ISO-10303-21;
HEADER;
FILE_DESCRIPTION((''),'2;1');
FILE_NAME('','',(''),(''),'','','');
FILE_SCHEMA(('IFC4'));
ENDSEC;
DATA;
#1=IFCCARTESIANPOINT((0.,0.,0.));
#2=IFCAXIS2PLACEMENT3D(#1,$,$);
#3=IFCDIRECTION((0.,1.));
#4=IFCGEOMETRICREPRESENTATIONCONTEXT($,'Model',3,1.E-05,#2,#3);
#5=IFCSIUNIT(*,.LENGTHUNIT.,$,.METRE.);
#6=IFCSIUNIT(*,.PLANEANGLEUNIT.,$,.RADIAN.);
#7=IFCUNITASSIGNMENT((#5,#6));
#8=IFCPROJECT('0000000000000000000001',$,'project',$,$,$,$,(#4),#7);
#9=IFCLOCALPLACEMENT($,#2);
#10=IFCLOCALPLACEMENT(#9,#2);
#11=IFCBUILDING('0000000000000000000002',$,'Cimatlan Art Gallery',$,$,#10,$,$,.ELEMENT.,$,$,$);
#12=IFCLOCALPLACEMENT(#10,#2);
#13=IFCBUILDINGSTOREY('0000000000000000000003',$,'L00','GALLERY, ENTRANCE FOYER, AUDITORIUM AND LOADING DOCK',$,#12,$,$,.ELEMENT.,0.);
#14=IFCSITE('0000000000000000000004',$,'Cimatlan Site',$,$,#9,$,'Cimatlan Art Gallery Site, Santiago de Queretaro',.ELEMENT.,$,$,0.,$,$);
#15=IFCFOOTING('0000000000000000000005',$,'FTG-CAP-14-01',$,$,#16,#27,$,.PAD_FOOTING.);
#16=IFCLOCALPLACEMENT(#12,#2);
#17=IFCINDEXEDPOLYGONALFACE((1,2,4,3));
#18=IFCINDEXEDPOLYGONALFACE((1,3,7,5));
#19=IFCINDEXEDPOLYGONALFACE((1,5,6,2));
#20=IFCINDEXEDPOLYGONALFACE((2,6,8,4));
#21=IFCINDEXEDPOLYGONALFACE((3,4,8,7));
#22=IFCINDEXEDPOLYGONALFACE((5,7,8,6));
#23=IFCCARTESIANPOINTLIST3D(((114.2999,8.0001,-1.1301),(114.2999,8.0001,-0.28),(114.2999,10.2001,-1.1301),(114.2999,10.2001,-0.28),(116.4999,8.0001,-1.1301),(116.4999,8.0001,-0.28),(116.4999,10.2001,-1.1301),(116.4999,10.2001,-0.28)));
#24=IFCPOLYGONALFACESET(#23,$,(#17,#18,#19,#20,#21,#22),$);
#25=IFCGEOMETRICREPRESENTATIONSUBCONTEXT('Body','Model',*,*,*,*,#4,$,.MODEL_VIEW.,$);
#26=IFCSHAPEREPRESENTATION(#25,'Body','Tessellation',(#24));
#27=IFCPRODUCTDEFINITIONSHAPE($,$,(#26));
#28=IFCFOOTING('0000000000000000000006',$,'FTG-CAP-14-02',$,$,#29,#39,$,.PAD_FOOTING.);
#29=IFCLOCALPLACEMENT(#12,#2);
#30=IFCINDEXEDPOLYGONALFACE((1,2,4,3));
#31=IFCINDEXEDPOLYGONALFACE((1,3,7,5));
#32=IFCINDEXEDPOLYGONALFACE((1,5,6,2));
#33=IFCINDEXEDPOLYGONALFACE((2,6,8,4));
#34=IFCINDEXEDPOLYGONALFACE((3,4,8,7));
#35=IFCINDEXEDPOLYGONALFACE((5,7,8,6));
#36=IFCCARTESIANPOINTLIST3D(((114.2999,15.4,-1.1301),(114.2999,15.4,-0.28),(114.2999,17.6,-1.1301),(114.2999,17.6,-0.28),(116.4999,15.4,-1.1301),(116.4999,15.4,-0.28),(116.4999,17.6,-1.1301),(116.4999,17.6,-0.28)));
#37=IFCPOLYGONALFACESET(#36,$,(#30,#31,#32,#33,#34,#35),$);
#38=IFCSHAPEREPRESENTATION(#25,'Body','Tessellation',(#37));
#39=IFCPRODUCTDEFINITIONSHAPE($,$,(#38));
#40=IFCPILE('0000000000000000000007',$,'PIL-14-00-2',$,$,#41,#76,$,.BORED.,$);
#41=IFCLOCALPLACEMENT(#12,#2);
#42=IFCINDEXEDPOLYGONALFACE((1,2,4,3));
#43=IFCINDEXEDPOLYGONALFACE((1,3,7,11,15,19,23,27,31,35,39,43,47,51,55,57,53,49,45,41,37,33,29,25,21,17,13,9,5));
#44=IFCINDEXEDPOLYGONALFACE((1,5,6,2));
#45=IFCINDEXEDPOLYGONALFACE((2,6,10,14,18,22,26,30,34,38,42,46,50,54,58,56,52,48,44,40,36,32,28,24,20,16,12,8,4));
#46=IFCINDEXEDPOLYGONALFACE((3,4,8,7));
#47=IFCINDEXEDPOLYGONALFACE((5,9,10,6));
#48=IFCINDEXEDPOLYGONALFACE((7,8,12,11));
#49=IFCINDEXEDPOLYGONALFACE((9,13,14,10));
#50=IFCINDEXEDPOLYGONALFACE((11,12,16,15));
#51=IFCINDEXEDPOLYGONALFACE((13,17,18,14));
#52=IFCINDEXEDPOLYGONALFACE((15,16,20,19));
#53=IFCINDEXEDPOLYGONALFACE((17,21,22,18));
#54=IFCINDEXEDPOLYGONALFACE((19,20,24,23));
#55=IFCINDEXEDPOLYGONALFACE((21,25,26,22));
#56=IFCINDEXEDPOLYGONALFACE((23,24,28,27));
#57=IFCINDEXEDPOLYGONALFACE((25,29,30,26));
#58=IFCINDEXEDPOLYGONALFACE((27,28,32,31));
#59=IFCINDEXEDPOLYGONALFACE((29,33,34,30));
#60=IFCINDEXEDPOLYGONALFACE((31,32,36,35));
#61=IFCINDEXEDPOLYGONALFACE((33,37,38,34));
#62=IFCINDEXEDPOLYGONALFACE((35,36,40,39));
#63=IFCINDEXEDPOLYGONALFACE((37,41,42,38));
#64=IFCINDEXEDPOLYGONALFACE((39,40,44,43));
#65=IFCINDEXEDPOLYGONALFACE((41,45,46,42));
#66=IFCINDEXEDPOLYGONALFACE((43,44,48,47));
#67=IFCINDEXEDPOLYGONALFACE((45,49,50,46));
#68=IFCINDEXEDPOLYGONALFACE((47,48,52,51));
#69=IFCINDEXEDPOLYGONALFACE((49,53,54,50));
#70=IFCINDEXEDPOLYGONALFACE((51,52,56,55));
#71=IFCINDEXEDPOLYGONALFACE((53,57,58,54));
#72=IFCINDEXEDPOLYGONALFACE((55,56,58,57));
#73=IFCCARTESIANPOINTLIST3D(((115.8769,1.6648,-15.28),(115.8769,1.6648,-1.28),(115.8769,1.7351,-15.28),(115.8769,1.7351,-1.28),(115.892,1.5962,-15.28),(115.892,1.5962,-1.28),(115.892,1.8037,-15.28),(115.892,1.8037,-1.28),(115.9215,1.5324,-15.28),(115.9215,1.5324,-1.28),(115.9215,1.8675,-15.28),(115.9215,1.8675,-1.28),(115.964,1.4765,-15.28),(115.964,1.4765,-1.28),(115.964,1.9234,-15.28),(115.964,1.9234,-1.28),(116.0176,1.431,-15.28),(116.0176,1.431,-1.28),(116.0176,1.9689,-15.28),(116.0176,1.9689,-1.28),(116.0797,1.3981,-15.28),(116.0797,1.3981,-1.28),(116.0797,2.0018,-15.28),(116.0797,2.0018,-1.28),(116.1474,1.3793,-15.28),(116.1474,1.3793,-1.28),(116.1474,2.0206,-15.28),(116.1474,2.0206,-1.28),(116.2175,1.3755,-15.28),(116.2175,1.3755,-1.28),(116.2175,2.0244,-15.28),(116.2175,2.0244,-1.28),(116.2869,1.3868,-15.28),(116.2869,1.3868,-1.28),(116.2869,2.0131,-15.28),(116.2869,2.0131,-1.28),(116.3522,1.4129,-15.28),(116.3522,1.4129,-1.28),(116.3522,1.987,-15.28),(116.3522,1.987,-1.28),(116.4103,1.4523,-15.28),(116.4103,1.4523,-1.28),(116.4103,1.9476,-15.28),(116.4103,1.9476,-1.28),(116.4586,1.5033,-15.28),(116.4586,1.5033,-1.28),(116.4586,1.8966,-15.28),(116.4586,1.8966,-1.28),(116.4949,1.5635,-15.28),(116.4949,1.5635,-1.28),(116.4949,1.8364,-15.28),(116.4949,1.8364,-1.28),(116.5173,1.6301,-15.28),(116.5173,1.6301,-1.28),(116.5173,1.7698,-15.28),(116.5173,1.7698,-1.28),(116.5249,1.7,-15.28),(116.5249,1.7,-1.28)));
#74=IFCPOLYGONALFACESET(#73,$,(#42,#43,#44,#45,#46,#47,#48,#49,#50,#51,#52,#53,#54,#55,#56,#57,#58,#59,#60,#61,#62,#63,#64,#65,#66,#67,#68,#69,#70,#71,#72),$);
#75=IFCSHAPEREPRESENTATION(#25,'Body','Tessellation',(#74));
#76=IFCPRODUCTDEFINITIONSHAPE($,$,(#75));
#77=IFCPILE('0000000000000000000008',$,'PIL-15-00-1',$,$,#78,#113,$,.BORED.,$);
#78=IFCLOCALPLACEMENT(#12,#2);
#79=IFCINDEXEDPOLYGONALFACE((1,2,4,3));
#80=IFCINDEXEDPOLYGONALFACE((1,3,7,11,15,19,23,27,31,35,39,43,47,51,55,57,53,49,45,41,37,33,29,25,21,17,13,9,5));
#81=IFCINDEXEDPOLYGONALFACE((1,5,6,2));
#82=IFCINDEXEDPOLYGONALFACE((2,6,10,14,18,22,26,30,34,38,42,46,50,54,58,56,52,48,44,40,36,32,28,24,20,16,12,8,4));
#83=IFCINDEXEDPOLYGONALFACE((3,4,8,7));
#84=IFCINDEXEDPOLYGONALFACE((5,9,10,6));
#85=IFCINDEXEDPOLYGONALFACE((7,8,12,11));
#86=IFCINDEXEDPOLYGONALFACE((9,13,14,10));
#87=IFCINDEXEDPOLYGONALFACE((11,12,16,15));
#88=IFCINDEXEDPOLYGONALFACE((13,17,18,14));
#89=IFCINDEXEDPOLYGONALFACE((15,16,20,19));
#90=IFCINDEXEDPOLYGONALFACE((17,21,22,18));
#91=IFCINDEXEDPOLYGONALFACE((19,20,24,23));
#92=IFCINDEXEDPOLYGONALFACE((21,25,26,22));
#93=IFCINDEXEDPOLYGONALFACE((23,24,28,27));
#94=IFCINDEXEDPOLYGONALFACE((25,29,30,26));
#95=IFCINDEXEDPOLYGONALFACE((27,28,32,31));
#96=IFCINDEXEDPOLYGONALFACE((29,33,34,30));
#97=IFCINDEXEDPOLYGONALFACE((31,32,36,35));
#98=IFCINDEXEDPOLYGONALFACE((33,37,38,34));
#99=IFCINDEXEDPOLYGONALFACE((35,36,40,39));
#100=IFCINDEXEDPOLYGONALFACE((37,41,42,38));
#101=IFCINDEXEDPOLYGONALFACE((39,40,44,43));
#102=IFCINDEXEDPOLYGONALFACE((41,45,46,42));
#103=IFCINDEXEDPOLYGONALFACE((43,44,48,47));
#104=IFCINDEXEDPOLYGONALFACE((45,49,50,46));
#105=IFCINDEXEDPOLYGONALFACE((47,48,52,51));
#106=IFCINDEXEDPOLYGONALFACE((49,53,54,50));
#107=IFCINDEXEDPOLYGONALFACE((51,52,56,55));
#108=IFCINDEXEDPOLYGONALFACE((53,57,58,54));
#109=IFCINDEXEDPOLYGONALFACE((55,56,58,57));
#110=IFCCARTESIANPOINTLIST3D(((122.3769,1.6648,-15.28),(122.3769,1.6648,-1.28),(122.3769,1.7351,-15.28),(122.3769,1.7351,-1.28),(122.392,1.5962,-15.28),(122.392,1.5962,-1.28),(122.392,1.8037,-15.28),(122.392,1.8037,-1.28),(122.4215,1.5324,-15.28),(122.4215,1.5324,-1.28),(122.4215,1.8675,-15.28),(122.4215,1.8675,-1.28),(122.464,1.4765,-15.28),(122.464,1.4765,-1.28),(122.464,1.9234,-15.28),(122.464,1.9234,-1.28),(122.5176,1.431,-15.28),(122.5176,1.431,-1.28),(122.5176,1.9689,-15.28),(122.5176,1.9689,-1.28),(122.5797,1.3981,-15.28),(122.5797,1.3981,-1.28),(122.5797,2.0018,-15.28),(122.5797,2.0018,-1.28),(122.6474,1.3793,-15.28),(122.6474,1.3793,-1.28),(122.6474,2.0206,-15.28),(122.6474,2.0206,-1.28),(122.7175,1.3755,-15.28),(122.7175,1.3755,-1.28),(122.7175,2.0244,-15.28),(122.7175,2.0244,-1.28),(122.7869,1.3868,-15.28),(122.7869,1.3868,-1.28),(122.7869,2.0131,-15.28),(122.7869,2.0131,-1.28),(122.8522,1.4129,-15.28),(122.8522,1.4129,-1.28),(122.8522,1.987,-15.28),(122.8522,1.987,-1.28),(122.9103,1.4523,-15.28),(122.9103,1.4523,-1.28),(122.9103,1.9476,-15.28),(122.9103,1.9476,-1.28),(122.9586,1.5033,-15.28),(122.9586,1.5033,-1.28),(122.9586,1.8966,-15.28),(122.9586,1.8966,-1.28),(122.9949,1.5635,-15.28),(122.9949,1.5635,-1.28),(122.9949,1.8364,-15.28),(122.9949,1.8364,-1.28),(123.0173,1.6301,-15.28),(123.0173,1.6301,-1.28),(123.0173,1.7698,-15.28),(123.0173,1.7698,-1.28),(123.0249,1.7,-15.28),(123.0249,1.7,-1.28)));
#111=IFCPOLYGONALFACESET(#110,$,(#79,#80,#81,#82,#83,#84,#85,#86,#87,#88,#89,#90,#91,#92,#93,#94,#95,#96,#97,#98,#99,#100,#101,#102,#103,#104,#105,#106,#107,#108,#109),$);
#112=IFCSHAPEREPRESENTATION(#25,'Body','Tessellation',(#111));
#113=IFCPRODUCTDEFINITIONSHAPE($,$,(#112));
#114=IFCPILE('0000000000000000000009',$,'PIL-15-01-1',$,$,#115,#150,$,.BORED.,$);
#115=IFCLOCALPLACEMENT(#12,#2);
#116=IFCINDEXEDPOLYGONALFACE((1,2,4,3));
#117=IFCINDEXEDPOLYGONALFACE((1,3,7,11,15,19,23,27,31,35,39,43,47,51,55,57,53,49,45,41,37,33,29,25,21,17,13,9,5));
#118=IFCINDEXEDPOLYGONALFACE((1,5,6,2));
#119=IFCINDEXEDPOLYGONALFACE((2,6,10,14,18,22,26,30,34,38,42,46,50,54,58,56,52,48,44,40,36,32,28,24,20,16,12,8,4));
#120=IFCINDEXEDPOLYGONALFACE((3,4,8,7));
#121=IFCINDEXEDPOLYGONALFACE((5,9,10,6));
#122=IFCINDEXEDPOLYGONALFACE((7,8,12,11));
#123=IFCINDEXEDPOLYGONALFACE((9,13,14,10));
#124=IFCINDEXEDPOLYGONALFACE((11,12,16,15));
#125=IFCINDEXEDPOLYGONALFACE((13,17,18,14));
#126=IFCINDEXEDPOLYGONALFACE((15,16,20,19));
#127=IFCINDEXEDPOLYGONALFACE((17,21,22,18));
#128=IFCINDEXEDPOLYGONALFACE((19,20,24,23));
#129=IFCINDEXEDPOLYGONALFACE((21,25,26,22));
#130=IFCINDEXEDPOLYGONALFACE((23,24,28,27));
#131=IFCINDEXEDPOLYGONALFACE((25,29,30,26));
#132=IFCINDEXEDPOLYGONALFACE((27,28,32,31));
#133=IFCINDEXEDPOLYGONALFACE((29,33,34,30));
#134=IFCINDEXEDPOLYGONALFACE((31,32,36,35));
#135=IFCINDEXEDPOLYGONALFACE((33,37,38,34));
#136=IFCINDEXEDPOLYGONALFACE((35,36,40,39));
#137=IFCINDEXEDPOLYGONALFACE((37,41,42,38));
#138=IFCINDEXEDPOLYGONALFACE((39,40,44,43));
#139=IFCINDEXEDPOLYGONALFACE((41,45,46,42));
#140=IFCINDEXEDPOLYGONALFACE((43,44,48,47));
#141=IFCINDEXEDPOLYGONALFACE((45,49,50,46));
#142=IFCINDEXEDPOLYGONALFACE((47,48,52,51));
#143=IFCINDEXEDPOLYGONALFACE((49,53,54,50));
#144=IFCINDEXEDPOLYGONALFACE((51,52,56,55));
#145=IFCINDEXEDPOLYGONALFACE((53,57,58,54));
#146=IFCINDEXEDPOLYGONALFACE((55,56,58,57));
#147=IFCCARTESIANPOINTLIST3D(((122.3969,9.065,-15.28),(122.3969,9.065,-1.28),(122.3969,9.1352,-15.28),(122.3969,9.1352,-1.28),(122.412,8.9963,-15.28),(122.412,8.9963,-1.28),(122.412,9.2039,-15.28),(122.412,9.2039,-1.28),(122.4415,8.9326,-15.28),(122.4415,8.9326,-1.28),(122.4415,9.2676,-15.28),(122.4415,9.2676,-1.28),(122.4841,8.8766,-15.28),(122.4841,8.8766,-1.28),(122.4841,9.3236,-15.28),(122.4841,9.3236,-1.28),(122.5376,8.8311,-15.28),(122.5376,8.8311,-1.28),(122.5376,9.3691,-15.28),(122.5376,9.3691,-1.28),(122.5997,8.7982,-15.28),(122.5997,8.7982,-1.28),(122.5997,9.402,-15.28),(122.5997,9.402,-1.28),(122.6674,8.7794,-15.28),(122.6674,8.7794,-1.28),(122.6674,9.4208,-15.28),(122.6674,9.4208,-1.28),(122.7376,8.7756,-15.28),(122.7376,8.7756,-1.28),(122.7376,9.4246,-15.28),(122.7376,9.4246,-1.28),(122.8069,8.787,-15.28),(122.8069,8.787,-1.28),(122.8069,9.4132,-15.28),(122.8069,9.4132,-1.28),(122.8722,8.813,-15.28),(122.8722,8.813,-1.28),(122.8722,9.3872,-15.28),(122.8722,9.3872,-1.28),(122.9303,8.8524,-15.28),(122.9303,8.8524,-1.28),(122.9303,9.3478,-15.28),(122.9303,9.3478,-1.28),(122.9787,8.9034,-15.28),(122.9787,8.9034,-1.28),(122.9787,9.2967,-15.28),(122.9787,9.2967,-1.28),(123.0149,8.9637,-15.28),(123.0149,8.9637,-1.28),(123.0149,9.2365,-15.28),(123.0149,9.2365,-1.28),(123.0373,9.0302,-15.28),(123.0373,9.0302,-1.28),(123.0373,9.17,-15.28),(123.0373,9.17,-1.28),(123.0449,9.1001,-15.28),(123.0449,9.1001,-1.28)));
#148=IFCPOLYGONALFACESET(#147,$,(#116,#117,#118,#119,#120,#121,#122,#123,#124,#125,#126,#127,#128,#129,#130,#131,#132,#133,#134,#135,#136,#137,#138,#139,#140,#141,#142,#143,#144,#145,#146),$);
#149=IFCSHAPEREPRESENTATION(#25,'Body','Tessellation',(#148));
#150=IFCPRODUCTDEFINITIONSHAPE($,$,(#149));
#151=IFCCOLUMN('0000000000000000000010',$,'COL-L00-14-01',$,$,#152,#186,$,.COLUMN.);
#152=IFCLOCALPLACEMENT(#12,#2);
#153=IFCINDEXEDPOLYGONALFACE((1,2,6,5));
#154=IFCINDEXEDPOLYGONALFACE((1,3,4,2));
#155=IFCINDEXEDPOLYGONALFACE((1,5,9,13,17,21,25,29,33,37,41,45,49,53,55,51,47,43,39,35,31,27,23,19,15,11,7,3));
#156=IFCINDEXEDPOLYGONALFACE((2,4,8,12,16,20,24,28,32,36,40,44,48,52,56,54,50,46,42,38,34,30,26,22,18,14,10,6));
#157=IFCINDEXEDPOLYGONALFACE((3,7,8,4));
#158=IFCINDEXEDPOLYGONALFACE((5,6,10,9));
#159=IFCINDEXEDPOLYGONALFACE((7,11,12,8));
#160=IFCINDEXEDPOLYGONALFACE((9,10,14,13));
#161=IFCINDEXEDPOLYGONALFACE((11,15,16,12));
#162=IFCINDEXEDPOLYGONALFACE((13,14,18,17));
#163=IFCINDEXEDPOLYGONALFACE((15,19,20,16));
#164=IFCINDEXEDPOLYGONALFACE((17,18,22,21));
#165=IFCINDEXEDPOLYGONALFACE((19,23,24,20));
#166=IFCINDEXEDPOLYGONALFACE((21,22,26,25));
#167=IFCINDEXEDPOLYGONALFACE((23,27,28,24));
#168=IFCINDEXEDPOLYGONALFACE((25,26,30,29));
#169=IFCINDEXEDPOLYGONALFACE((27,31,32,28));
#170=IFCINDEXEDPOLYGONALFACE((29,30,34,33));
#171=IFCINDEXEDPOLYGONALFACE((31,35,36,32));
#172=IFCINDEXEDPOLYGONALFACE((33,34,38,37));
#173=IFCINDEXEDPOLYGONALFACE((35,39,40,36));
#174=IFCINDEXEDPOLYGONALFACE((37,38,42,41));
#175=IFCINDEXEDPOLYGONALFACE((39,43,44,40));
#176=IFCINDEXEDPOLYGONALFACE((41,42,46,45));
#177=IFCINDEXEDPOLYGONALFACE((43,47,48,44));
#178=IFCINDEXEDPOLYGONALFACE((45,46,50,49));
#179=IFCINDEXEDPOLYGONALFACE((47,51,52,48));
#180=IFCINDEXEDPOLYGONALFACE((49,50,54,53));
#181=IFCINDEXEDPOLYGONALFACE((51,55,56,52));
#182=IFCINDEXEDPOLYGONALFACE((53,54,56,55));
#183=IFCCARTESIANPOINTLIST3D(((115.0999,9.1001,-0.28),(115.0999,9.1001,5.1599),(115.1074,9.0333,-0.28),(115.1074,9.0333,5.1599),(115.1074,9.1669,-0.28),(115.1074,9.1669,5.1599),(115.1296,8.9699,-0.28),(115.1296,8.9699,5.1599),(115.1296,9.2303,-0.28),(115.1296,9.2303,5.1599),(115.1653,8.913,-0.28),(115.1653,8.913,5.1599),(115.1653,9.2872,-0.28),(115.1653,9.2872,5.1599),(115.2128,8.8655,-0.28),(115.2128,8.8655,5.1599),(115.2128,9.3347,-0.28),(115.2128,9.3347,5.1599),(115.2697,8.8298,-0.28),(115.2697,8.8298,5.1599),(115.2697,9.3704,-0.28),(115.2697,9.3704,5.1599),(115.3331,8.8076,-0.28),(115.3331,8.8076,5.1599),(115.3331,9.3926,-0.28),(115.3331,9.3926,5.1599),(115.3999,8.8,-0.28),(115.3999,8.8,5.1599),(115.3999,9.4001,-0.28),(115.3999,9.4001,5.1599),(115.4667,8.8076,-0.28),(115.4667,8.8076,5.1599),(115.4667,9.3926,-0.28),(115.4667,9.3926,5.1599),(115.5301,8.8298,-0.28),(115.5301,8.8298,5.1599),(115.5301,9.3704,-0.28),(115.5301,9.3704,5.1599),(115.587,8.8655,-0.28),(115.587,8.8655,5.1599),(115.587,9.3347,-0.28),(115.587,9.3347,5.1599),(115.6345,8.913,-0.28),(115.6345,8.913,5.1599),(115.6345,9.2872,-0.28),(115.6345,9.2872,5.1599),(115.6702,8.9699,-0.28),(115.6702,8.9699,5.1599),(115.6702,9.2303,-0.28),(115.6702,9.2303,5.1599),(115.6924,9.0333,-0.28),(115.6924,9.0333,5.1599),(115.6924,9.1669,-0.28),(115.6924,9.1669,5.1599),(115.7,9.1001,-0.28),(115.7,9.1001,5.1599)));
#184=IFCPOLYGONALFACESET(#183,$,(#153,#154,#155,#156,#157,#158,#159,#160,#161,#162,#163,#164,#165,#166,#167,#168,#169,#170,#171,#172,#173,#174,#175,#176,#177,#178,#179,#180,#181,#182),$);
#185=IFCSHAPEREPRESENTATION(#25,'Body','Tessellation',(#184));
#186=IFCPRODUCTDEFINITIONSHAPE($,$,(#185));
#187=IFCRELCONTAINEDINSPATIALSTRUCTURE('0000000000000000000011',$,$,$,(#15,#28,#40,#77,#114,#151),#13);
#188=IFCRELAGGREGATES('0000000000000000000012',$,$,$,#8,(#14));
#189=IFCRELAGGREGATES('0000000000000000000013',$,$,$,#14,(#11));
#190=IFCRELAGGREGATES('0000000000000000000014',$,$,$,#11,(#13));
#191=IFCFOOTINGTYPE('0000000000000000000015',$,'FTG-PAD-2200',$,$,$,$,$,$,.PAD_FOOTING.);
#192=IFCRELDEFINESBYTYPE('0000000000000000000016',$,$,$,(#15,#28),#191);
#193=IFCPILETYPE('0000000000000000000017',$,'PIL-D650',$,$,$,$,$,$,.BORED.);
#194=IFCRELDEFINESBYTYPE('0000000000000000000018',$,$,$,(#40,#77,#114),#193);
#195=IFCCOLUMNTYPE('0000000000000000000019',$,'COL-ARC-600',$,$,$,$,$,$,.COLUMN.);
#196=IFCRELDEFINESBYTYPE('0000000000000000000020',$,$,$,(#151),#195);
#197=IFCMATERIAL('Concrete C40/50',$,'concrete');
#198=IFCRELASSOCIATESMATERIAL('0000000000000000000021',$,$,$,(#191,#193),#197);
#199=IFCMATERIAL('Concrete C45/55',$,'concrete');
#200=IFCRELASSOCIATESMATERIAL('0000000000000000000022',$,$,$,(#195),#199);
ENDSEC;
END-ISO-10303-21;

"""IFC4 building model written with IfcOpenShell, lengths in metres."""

from ifc_helpers import new_model, si_unit, direction, frame, origin, origin_2d, place, context, subcontext, project, spatial, rectangle, circle, extrude, material, material_profile, profile_set, type_object, element, save


model = new_model("IFC4")

# Units and contexts
model_context = context("Model", 3, precision=1e-05, world=origin(), true_north=direction((0.0, 1.0)))
body_context = subcontext(model_context, "Body", "Model", "MODEL_VIEW")
ifc_project = project(units=[si_unit("LENGTHUNIT", "METRE"), si_unit("PLANEANGLEUNIT", "RADIAN")], contexts=[model_context])

# Site, building, storey
site_placement = place(None, origin())
site = spatial("IfcSite", under=ifc_project, at=site_placement, Name="Cimatlan Site", LongName="Cimatlan Art Gallery Site, Santiago de Queretaro", CompositionType="ELEMENT", RefElevation=0.0)
building_placement = place(site_placement, origin())
building = spatial("IfcBuilding", under=site, at=building_placement, Name="Cimatlan Art Gallery", CompositionType="ELEMENT")
storey_placement = place(building_placement, origin())
storey = spatial("IfcBuildingStorey", under=building, at=storey_placement, Name="L00", Description="GALLERY, ENTRANCE FOYER, AUDITORIUM AND LOADING DOCK", CompositionType="ELEMENT", Elevation=0.0)

# Footings
ifc_material_1 = material(Name="Concrete C40/50", Category="concrete")
footing_type = type_object("IfcFootingType", Name="FTG-PAD-2200", PredefinedType="PAD_FOOTING", material=ifc_material_1)
for number, where, z_axis, x_axis, name in (
    (1, (115.3999, 9.1001, -1.1301), (0.0, 0.0, 1.0), (1.0, 0.0, 0.0), "FTG-CAP-14-01"),
    (2, (115.3999, 16.5, -1.1301), (0.0, 0.0, 1.0), (1.0, 0.0, 0.0), "FTG-CAP-14-02"),
):
    element("IfcFooting", number, at=place(storey_placement, frame(where, z_axis=z_axis, x_axis=x_axis)), inside=storey, type_object=footing_type, Name=name, PredefinedType="PAD_FOOTING", context=body_context, shape_type="SweptSolid", body=[
        extrude(rectangle(XDim=2.2, YDim=2.2, at=origin_2d()), origin(), (0.0, 0.0, 1.0), 0.8501),
    ])

# Piles
pile_type = type_object("IfcPileType", Name="PIL-D650", PredefinedType="BORED", material=ifc_material_1)
for number, where, z_axis, x_axis, name in (
    (3, (116.2, 1.7, -1.28), (0.0, 0.0, -1.0), (1.0, 0.0, 0.0), "PIL-14-00-2"),
    (4, (122.7, 1.7, -1.28), (0.0, 0.0, -1.0), (1.0, 0.0, 0.0), "PIL-15-00-1"),
    (5, (122.72, 9.1001, -1.28), (0.0, 0.0, -1.0), (1.0, 0.0, 0.0), "PIL-15-01-1"),
):
    element("IfcPile", number, at=place(storey_placement, frame(where, z_axis=z_axis, x_axis=x_axis)), inside=storey, type_object=pile_type, Name=name, PredefinedType="BORED", context=body_context, shape_type="SweptSolid", body=[
        extrude(circle(Radius=0.325, at=origin_2d()), origin(), (0.0, 0.0, 1.0), 14.0),
    ])

# Column
ifc_material_2 = material(Name="Concrete C45/55", Category="concrete")
ifc_material_profile_1 = material_profile(ifc_material_2, circle(Radius=0.3, at=origin_2d()), Name="RCD600")
ifc_profile_set_1 = profile_set([ifc_material_profile_1], Name="Concrete C45/55")
column_type = type_object("IfcColumnType", Name="COL-ARC-600", PredefinedType="COLUMN", material=ifc_profile_set_1)
for number, where, z_axis, x_axis, name in (
    (6, (115.3999, 9.1001, -0.28), (0.0, 0.0, 1.0), (1.0, 0.0, 0.0), "COL-L00-14-01"),
):
    element("IfcColumn", number, at=place(storey_placement, frame(where, z_axis=z_axis, x_axis=x_axis)), inside=storey, type_object=column_type, Name=name, PredefinedType="COLUMN", context=body_context, shape_type="SweptSolid", body=[
        extrude(circle(Radius=0.3, at=origin_2d()), origin(), (0.0, 0.0, 1.0), 5.4399),
    ])

save(model, "model.ifc")
